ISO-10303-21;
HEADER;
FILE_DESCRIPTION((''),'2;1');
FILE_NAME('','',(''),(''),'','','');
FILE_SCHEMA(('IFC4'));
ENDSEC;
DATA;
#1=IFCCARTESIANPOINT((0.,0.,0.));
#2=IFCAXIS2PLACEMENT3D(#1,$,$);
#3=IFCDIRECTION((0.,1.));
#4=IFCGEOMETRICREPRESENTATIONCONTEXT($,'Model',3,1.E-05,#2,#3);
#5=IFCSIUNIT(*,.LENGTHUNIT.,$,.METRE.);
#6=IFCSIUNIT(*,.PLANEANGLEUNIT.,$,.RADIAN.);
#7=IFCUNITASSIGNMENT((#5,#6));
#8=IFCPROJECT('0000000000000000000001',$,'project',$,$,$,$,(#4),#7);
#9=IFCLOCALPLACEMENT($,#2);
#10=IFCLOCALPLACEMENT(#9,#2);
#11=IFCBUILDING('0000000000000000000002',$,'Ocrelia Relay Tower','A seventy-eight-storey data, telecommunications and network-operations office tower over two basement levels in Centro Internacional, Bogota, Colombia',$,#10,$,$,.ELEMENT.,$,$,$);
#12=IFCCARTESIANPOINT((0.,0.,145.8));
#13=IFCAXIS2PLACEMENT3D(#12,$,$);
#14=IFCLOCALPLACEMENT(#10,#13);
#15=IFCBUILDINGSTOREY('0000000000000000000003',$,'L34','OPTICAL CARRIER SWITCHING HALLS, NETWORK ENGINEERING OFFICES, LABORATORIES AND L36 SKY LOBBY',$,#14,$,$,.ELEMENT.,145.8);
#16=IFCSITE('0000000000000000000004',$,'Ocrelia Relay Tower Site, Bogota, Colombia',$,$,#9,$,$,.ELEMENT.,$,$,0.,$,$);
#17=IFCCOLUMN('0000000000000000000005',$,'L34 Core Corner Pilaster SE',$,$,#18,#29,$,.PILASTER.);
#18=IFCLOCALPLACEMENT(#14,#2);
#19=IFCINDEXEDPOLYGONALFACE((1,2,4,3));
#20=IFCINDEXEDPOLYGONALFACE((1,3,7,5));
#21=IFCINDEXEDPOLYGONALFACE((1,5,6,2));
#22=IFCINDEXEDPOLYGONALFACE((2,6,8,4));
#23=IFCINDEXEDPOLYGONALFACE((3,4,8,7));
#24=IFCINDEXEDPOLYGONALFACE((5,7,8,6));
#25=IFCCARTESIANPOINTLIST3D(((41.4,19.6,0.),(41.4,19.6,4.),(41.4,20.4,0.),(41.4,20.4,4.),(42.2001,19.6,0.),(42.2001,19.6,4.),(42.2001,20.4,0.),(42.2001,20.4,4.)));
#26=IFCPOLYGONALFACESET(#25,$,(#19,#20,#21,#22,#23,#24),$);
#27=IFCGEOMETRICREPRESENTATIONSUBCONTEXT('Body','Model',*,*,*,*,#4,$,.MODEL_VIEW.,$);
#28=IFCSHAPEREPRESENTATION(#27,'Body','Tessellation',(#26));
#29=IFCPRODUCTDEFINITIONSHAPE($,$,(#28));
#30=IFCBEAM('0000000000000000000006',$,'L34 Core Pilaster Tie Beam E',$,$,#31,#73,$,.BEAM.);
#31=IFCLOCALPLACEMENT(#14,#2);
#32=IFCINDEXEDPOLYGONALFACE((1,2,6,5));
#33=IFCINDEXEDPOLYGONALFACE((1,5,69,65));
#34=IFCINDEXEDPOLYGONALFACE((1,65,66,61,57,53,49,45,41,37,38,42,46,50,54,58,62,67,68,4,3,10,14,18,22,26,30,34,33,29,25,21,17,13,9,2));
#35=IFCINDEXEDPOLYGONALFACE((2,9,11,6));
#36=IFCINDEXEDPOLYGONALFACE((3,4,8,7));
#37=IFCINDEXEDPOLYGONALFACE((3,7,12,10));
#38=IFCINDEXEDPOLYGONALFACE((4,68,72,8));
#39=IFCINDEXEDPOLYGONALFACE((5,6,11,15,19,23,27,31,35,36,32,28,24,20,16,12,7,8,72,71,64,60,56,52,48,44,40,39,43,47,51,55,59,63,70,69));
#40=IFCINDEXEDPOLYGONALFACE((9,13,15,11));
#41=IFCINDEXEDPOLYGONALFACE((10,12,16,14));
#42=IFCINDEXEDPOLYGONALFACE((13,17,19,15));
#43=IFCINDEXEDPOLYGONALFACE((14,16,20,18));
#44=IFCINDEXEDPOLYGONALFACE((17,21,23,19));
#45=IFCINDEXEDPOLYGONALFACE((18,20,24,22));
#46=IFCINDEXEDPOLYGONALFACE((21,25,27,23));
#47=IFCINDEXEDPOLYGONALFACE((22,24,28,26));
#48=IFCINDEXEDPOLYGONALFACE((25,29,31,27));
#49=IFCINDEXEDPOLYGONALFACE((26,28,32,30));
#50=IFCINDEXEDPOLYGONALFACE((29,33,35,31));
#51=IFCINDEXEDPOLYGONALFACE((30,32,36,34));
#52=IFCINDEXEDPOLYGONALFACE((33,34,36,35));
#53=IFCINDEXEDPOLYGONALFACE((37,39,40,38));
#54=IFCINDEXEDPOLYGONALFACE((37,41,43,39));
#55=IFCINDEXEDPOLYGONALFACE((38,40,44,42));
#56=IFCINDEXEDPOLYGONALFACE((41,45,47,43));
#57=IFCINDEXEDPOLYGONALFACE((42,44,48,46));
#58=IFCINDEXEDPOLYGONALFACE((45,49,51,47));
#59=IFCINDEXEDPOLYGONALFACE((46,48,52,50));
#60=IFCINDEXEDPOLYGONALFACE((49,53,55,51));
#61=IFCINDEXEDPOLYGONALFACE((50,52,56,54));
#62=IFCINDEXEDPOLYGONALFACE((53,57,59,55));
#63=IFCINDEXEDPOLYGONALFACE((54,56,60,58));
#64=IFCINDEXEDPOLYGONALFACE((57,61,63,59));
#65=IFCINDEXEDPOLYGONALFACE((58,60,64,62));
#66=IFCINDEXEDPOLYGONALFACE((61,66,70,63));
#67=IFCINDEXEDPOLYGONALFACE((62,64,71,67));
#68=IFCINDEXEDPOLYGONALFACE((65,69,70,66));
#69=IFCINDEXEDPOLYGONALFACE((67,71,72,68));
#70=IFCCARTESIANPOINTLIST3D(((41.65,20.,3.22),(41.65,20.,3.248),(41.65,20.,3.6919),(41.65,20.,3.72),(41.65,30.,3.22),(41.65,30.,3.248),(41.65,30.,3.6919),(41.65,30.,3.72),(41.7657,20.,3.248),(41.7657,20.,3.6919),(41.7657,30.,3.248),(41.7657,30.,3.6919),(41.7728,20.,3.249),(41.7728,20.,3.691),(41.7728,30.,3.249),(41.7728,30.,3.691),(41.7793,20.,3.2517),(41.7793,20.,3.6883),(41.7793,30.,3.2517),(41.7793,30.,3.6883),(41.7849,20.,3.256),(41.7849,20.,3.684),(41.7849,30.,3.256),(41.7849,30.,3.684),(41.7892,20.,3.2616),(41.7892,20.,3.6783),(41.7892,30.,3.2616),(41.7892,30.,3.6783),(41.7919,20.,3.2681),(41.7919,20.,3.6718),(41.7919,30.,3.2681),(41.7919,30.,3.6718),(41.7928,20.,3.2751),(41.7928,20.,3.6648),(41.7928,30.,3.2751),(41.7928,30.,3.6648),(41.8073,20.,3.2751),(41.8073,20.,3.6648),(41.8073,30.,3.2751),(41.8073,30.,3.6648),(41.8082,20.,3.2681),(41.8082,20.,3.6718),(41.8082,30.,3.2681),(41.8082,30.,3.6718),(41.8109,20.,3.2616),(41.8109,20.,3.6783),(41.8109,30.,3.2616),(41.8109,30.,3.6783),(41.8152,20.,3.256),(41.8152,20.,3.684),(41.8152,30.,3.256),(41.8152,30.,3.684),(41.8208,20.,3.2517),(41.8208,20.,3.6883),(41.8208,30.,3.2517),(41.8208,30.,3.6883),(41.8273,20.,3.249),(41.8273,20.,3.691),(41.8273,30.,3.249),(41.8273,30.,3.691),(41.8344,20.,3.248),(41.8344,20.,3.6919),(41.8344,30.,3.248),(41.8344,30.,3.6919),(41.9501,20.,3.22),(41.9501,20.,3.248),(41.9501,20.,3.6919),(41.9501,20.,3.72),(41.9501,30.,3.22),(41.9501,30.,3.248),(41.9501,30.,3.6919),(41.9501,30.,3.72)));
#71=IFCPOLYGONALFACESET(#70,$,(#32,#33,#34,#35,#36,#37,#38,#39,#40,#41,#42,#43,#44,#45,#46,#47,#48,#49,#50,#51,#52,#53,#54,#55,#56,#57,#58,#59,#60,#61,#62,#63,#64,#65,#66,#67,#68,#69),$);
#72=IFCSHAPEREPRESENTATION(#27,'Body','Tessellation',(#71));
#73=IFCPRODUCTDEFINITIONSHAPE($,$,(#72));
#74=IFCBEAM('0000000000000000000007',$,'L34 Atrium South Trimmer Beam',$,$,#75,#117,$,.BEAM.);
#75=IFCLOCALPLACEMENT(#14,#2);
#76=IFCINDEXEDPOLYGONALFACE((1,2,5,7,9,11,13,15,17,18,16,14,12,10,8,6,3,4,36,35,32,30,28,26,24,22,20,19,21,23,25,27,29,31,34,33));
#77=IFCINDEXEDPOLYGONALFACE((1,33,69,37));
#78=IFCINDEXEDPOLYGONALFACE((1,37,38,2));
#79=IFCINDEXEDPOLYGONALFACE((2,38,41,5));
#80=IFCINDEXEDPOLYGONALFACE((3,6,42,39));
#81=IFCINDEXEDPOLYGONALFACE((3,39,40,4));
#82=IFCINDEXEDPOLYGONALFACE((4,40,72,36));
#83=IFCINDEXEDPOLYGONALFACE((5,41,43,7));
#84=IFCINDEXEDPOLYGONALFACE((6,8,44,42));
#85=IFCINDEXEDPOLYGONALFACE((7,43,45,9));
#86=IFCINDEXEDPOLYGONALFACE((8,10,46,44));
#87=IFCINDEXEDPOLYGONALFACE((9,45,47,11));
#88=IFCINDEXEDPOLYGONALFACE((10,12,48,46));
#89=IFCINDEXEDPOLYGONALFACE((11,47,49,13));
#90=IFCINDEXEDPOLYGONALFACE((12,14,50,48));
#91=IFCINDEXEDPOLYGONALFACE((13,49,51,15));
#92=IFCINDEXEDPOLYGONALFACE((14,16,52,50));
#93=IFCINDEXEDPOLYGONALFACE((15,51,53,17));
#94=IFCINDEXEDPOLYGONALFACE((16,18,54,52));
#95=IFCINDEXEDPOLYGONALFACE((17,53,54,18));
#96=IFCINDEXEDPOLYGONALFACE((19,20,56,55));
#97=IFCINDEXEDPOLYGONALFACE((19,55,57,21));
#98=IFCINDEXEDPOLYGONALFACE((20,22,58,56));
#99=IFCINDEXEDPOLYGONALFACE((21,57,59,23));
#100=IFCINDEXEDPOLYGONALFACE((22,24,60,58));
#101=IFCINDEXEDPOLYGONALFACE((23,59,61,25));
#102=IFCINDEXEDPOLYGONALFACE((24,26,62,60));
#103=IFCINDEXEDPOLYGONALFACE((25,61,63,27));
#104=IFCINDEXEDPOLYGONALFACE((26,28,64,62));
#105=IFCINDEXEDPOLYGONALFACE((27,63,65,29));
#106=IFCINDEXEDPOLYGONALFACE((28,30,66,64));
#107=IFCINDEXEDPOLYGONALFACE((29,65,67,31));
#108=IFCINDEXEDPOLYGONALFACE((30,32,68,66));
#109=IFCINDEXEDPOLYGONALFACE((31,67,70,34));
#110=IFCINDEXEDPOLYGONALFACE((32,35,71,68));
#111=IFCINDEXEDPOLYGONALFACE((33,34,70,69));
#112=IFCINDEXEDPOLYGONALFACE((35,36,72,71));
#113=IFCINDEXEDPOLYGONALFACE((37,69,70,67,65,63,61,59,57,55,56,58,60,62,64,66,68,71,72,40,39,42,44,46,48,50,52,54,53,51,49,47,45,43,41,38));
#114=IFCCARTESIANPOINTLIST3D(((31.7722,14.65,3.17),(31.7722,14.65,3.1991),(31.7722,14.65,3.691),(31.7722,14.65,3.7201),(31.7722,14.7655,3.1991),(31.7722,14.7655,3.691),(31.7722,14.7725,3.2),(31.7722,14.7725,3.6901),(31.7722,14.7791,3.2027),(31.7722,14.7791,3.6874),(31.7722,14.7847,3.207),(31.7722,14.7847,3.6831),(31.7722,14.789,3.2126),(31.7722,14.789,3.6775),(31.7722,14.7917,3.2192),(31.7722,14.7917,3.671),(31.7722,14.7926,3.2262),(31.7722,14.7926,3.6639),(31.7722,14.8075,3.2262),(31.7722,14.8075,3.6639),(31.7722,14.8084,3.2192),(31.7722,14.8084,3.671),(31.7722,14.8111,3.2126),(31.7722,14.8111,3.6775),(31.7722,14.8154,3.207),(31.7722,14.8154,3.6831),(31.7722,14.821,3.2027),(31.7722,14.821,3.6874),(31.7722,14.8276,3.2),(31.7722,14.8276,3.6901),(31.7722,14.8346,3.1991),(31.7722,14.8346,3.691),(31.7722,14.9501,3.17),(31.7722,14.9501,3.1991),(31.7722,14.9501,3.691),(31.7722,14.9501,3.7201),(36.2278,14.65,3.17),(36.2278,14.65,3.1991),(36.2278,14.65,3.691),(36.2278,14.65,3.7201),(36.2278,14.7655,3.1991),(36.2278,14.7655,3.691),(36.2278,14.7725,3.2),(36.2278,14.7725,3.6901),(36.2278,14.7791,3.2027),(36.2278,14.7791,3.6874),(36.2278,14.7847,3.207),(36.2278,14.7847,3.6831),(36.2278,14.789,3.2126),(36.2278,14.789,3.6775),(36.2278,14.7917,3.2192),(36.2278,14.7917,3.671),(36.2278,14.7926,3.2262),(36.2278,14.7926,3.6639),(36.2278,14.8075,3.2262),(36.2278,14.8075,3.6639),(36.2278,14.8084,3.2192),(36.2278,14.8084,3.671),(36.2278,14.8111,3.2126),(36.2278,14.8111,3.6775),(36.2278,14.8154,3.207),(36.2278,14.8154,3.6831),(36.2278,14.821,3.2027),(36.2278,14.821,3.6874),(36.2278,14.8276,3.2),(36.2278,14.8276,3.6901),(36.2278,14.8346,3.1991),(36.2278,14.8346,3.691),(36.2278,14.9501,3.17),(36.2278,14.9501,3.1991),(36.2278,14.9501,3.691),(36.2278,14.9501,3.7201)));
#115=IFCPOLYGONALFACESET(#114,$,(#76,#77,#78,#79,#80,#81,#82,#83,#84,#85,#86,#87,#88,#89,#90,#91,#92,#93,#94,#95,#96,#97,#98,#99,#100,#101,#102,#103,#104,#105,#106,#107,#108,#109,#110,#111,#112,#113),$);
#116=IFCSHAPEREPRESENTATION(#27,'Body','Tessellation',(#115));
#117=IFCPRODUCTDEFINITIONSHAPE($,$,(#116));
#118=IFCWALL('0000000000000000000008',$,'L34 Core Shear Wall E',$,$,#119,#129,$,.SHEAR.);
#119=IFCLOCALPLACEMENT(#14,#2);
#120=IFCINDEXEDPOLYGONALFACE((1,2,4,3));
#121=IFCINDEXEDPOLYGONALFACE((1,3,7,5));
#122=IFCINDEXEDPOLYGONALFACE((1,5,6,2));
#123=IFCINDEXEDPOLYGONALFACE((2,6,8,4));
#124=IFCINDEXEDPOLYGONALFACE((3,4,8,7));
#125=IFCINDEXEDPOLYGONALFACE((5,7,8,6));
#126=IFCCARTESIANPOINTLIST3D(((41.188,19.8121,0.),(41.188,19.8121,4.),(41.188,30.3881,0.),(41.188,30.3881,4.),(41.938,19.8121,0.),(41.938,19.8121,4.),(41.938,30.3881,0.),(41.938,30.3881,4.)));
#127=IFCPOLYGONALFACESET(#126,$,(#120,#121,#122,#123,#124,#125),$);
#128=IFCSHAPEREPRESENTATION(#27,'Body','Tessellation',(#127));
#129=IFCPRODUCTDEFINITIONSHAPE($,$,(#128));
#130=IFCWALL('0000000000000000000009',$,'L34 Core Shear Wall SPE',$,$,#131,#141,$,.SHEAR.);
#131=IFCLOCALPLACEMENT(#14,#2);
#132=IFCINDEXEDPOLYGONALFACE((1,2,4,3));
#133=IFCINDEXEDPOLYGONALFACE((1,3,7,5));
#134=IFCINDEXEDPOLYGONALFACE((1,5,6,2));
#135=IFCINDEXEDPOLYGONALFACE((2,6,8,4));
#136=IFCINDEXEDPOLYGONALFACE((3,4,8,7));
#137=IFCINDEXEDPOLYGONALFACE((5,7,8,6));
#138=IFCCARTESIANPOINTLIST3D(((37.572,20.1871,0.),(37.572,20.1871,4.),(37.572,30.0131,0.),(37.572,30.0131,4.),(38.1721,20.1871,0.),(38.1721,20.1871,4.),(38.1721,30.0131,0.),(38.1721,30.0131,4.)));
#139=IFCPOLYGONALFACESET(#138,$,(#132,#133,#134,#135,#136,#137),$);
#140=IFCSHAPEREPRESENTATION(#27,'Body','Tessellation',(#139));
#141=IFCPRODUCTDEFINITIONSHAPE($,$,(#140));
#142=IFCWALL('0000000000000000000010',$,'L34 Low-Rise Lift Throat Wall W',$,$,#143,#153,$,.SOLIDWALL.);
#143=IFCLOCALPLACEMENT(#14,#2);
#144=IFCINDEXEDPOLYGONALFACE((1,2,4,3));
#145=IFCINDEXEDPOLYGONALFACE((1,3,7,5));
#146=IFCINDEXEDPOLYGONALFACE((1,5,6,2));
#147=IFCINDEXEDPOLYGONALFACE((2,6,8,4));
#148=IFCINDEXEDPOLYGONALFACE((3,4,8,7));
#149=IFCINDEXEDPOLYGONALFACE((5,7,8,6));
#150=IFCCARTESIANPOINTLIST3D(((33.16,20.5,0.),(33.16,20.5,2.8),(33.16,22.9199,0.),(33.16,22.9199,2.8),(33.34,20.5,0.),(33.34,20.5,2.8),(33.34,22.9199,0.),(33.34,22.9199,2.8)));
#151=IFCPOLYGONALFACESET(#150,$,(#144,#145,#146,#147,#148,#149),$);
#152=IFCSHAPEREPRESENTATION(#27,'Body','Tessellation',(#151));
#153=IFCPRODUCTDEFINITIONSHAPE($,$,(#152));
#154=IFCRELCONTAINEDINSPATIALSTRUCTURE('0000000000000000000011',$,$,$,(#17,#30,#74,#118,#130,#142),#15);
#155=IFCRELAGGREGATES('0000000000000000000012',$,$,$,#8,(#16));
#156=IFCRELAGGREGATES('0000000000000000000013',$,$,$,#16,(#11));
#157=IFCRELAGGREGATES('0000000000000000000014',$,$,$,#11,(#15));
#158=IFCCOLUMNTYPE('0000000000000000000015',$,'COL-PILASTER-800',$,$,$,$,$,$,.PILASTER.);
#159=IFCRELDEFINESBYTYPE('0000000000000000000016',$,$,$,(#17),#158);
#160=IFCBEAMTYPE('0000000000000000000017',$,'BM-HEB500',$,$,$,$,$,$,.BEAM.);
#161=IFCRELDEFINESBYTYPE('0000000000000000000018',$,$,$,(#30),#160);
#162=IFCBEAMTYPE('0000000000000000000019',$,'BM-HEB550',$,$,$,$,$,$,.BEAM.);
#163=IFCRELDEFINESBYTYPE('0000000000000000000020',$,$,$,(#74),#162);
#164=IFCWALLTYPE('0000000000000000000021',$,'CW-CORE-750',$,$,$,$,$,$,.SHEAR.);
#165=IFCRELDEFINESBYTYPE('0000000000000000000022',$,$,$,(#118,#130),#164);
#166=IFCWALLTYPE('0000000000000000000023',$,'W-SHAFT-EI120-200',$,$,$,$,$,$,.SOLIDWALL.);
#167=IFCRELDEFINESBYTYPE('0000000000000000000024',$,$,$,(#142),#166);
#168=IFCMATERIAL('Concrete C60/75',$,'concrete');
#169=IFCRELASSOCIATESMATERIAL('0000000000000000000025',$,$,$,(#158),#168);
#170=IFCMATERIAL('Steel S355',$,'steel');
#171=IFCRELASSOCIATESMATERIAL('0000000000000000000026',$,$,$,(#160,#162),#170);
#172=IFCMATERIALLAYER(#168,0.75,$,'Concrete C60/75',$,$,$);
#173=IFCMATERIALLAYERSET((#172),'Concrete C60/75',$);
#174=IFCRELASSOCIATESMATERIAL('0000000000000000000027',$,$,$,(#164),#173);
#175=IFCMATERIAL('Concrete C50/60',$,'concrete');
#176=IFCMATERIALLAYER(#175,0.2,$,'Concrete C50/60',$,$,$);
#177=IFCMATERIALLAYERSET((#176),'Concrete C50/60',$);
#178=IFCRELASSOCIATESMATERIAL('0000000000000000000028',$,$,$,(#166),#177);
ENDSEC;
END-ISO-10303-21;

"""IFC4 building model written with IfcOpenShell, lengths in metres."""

from ifc_helpers import new_model, si_unit, direction, frame, frame_2d, origin, origin_2d, place, context, subcontext, project, spatial, rectangle, i_section, extrude, material, layer, layer_set, material_profile, profile_set, type_object, element, save


model = new_model("IFC4")

# Units and contexts
model_context = context("Model", 3, precision=1e-05, world=origin(), true_north=direction((0.0, 1.0)))
body_context = subcontext(model_context, "Body", "Model", "MODEL_VIEW")
ifc_project = project(units=[si_unit("LENGTHUNIT", "METRE"), si_unit("PLANEANGLEUNIT", "RADIAN")], contexts=[model_context])

# Site, building, storey
site_placement = place(None, origin())
site = spatial("IfcSite", under=ifc_project, at=site_placement, Name="Ocrelia Relay Tower Site, Bogota, Colombia", CompositionType="ELEMENT", RefElevation=0.0)
building_placement = place(site_placement, origin())
building = spatial("IfcBuilding", under=site, at=building_placement, Name="Ocrelia Relay Tower", Description="A seventy-eight-storey data, telecommunications and network-operations office tower over two basement levels in Centro Internacional, Bogota, Colombia", CompositionType="ELEMENT")
storey_placement = place(building_placement, frame((0.0, 0.0, 145.8)))
storey = spatial("IfcBuildingStorey", under=building, at=storey_placement, Name="L34", Description="OPTICAL CARRIER SWITCHING HALLS, NETWORK ENGINEERING OFFICES, LABORATORIES AND L36 SKY LOBBY", CompositionType="ELEMENT", Elevation=145.8)

# Column
ifc_material_1 = material(Name="Concrete C60/75", Category="concrete")
ifc_material_profile_1 = material_profile(ifc_material_1, rectangle(XDim=0.8, YDim=0.8, at=origin_2d()), Name="RC-COL-800x800")
ifc_profile_set_1 = profile_set([ifc_material_profile_1], Name="Concrete C60/75")
column_type = type_object("IfcColumnType", Name="COL-PILASTER-800", PredefinedType="PILASTER", material=ifc_profile_set_1)
column_placement = place(storey_placement, frame((41.8, 20.0, 0.0), z_axis=(0.0, 0.0, 1.0), x_axis=(1.0, 0.0, 0.0)))
element("IfcColumn", 1, at=column_placement, inside=storey, type_object=column_type, Name="L34 Core Corner Pilaster SE", PredefinedType="PILASTER", context=body_context, shape_type="SweptSolid", body=[
    extrude(rectangle(XDim=0.8, YDim=0.8, at=origin_2d()), origin(), (0.0, 0.0, 1.0), 4.0),
])

# Beams
ifc_material_2 = material(Name="Steel S355", Category="steel")
ifc_material_profile_2 = material_profile(ifc_material_2, i_section(OverallWidth=0.3, OverallDepth=0.5, WebThickness=0.0144, FlangeThickness=0.0281, FilletRadius=0.0271, at=origin_2d()), Name="HEB 500")
ifc_profile_set_2 = profile_set([ifc_material_profile_2], Name="Steel S355")
beam_type_1 = type_object("IfcBeamType", Name="BM-HEB500", PredefinedType="BEAM", material=ifc_profile_set_2)
beam_1_placement = place(storey_placement, frame((41.8, 20.0, 3.47), z_axis=(0.0, 1.0, 0.0), x_axis=(-1.0, 0.0, 0.0)))
element("IfcBeam", 2, at=beam_1_placement, inside=storey, type_object=beam_type_1, Name="L34 Core Pilaster Tie Beam E", PredefinedType="BEAM", context=body_context, shape_type="SweptSolid", body=[
    extrude(i_section(OverallWidth=0.3, OverallDepth=0.5, WebThickness=0.0144, FlangeThickness=0.0281, FilletRadius=0.0271, at=origin_2d()), origin(), (0.0, 0.0, 1.0), 10.0),
])
ifc_material_profile_3 = material_profile(ifc_material_2, i_section(OverallWidth=0.3, OverallDepth=0.55, WebThickness=0.0149, FlangeThickness=0.0291, FilletRadius=0.0271, at=origin_2d()), Name="HEB 550")
ifc_profile_set_3 = profile_set([ifc_material_profile_3], Name="Steel S355")
beam_type_2 = type_object("IfcBeamType", Name="BM-HEB550", PredefinedType="BEAM", material=ifc_profile_set_3)
beam_2_placement = place(storey_placement, frame((31.7722, 14.8, 3.4451), z_axis=(1.0, 0.0, 0.0), x_axis=(0.0, 1.0, 0.0)))
element("IfcBeam", 3, at=beam_2_placement, inside=storey, type_object=beam_type_2, Name="L34 Atrium South Trimmer Beam", PredefinedType="BEAM", context=body_context, shape_type="SweptSolid", body=[
    extrude(i_section(OverallWidth=0.3, OverallDepth=0.55, WebThickness=0.0149, FlangeThickness=0.0291, FilletRadius=0.0271, at=origin_2d()), origin(), (0.0, 0.0, 1.0), 4.4556),
])

# Walls
ifc_layer_1 = layer(ifc_material_1, 0.75, Name="Concrete C60/75")
ifc_layer_set_1 = layer_set([ifc_layer_1], Name="Concrete C60/75")
wall_type_1 = type_object("IfcWallType", Name="CW-CORE-750", PredefinedType="SHEAR", material=ifc_layer_set_1)
wall_1_placement = place(storey_placement, frame((41.563, 19.812, 0.0), z_axis=(0.0, 0.0, 1.0), x_axis=(0.0, 1.0, 0.0)))
element("IfcWall", 4, at=wall_1_placement, inside=storey, type_object=wall_type_1, Name="L34 Core Shear Wall E", PredefinedType="SHEAR", context=body_context, shape_type="SweptSolid", body=[
    extrude(rectangle(XDim=10.5759, YDim=0.75, at=frame_2d((5.2881, 0.0))), origin(), (0.0, 0.0, 1.0), 4.0),
])
wall_2_placement = place(storey_placement, frame((37.8721, 20.187, 0.0), z_axis=(0.0, 0.0, 1.0), x_axis=(0.0, 1.0, 0.0)))
element("IfcWall", 5, at=wall_2_placement, inside=storey, type_object=wall_type_1, Name="L34 Core Shear Wall SPE", PredefinedType="SHEAR", context=body_context, shape_type="SweptSolid", body=[
    extrude(rectangle(XDim=9.8259, YDim=0.6001, at=frame_2d((4.9131, 0.0))), origin(), (0.0, 0.0, 1.0), 4.0),
])
ifc_material_3 = material(Name="Concrete C50/60", Category="concrete")
ifc_layer_2 = layer(ifc_material_3, 0.2, Name="Concrete C50/60")
ifc_layer_set_2 = layer_set([ifc_layer_2], Name="Concrete C50/60")
wall_type_2 = type_object("IfcWallType", Name="W-SHAFT-EI120-200", PredefinedType="SOLIDWALL", material=ifc_layer_set_2)
wall_3_placement = place(storey_placement, frame((33.25, 20.5, 0.0), z_axis=(0.0, 0.0, 1.0), x_axis=(0.0, 1.0, 0.0)))
element("IfcWall", 6, at=wall_3_placement, inside=storey, type_object=wall_type_2, Name="L34 Low-Rise Lift Throat Wall W", PredefinedType="SOLIDWALL", context=body_context, shape_type="SweptSolid", body=[
    extrude(rectangle(XDim=2.4199, YDim=0.1799, at=frame_2d((1.21, 0.0))), origin(), (0.0, 0.0, 1.0), 2.8),
])

save(model, "model.ifc")
